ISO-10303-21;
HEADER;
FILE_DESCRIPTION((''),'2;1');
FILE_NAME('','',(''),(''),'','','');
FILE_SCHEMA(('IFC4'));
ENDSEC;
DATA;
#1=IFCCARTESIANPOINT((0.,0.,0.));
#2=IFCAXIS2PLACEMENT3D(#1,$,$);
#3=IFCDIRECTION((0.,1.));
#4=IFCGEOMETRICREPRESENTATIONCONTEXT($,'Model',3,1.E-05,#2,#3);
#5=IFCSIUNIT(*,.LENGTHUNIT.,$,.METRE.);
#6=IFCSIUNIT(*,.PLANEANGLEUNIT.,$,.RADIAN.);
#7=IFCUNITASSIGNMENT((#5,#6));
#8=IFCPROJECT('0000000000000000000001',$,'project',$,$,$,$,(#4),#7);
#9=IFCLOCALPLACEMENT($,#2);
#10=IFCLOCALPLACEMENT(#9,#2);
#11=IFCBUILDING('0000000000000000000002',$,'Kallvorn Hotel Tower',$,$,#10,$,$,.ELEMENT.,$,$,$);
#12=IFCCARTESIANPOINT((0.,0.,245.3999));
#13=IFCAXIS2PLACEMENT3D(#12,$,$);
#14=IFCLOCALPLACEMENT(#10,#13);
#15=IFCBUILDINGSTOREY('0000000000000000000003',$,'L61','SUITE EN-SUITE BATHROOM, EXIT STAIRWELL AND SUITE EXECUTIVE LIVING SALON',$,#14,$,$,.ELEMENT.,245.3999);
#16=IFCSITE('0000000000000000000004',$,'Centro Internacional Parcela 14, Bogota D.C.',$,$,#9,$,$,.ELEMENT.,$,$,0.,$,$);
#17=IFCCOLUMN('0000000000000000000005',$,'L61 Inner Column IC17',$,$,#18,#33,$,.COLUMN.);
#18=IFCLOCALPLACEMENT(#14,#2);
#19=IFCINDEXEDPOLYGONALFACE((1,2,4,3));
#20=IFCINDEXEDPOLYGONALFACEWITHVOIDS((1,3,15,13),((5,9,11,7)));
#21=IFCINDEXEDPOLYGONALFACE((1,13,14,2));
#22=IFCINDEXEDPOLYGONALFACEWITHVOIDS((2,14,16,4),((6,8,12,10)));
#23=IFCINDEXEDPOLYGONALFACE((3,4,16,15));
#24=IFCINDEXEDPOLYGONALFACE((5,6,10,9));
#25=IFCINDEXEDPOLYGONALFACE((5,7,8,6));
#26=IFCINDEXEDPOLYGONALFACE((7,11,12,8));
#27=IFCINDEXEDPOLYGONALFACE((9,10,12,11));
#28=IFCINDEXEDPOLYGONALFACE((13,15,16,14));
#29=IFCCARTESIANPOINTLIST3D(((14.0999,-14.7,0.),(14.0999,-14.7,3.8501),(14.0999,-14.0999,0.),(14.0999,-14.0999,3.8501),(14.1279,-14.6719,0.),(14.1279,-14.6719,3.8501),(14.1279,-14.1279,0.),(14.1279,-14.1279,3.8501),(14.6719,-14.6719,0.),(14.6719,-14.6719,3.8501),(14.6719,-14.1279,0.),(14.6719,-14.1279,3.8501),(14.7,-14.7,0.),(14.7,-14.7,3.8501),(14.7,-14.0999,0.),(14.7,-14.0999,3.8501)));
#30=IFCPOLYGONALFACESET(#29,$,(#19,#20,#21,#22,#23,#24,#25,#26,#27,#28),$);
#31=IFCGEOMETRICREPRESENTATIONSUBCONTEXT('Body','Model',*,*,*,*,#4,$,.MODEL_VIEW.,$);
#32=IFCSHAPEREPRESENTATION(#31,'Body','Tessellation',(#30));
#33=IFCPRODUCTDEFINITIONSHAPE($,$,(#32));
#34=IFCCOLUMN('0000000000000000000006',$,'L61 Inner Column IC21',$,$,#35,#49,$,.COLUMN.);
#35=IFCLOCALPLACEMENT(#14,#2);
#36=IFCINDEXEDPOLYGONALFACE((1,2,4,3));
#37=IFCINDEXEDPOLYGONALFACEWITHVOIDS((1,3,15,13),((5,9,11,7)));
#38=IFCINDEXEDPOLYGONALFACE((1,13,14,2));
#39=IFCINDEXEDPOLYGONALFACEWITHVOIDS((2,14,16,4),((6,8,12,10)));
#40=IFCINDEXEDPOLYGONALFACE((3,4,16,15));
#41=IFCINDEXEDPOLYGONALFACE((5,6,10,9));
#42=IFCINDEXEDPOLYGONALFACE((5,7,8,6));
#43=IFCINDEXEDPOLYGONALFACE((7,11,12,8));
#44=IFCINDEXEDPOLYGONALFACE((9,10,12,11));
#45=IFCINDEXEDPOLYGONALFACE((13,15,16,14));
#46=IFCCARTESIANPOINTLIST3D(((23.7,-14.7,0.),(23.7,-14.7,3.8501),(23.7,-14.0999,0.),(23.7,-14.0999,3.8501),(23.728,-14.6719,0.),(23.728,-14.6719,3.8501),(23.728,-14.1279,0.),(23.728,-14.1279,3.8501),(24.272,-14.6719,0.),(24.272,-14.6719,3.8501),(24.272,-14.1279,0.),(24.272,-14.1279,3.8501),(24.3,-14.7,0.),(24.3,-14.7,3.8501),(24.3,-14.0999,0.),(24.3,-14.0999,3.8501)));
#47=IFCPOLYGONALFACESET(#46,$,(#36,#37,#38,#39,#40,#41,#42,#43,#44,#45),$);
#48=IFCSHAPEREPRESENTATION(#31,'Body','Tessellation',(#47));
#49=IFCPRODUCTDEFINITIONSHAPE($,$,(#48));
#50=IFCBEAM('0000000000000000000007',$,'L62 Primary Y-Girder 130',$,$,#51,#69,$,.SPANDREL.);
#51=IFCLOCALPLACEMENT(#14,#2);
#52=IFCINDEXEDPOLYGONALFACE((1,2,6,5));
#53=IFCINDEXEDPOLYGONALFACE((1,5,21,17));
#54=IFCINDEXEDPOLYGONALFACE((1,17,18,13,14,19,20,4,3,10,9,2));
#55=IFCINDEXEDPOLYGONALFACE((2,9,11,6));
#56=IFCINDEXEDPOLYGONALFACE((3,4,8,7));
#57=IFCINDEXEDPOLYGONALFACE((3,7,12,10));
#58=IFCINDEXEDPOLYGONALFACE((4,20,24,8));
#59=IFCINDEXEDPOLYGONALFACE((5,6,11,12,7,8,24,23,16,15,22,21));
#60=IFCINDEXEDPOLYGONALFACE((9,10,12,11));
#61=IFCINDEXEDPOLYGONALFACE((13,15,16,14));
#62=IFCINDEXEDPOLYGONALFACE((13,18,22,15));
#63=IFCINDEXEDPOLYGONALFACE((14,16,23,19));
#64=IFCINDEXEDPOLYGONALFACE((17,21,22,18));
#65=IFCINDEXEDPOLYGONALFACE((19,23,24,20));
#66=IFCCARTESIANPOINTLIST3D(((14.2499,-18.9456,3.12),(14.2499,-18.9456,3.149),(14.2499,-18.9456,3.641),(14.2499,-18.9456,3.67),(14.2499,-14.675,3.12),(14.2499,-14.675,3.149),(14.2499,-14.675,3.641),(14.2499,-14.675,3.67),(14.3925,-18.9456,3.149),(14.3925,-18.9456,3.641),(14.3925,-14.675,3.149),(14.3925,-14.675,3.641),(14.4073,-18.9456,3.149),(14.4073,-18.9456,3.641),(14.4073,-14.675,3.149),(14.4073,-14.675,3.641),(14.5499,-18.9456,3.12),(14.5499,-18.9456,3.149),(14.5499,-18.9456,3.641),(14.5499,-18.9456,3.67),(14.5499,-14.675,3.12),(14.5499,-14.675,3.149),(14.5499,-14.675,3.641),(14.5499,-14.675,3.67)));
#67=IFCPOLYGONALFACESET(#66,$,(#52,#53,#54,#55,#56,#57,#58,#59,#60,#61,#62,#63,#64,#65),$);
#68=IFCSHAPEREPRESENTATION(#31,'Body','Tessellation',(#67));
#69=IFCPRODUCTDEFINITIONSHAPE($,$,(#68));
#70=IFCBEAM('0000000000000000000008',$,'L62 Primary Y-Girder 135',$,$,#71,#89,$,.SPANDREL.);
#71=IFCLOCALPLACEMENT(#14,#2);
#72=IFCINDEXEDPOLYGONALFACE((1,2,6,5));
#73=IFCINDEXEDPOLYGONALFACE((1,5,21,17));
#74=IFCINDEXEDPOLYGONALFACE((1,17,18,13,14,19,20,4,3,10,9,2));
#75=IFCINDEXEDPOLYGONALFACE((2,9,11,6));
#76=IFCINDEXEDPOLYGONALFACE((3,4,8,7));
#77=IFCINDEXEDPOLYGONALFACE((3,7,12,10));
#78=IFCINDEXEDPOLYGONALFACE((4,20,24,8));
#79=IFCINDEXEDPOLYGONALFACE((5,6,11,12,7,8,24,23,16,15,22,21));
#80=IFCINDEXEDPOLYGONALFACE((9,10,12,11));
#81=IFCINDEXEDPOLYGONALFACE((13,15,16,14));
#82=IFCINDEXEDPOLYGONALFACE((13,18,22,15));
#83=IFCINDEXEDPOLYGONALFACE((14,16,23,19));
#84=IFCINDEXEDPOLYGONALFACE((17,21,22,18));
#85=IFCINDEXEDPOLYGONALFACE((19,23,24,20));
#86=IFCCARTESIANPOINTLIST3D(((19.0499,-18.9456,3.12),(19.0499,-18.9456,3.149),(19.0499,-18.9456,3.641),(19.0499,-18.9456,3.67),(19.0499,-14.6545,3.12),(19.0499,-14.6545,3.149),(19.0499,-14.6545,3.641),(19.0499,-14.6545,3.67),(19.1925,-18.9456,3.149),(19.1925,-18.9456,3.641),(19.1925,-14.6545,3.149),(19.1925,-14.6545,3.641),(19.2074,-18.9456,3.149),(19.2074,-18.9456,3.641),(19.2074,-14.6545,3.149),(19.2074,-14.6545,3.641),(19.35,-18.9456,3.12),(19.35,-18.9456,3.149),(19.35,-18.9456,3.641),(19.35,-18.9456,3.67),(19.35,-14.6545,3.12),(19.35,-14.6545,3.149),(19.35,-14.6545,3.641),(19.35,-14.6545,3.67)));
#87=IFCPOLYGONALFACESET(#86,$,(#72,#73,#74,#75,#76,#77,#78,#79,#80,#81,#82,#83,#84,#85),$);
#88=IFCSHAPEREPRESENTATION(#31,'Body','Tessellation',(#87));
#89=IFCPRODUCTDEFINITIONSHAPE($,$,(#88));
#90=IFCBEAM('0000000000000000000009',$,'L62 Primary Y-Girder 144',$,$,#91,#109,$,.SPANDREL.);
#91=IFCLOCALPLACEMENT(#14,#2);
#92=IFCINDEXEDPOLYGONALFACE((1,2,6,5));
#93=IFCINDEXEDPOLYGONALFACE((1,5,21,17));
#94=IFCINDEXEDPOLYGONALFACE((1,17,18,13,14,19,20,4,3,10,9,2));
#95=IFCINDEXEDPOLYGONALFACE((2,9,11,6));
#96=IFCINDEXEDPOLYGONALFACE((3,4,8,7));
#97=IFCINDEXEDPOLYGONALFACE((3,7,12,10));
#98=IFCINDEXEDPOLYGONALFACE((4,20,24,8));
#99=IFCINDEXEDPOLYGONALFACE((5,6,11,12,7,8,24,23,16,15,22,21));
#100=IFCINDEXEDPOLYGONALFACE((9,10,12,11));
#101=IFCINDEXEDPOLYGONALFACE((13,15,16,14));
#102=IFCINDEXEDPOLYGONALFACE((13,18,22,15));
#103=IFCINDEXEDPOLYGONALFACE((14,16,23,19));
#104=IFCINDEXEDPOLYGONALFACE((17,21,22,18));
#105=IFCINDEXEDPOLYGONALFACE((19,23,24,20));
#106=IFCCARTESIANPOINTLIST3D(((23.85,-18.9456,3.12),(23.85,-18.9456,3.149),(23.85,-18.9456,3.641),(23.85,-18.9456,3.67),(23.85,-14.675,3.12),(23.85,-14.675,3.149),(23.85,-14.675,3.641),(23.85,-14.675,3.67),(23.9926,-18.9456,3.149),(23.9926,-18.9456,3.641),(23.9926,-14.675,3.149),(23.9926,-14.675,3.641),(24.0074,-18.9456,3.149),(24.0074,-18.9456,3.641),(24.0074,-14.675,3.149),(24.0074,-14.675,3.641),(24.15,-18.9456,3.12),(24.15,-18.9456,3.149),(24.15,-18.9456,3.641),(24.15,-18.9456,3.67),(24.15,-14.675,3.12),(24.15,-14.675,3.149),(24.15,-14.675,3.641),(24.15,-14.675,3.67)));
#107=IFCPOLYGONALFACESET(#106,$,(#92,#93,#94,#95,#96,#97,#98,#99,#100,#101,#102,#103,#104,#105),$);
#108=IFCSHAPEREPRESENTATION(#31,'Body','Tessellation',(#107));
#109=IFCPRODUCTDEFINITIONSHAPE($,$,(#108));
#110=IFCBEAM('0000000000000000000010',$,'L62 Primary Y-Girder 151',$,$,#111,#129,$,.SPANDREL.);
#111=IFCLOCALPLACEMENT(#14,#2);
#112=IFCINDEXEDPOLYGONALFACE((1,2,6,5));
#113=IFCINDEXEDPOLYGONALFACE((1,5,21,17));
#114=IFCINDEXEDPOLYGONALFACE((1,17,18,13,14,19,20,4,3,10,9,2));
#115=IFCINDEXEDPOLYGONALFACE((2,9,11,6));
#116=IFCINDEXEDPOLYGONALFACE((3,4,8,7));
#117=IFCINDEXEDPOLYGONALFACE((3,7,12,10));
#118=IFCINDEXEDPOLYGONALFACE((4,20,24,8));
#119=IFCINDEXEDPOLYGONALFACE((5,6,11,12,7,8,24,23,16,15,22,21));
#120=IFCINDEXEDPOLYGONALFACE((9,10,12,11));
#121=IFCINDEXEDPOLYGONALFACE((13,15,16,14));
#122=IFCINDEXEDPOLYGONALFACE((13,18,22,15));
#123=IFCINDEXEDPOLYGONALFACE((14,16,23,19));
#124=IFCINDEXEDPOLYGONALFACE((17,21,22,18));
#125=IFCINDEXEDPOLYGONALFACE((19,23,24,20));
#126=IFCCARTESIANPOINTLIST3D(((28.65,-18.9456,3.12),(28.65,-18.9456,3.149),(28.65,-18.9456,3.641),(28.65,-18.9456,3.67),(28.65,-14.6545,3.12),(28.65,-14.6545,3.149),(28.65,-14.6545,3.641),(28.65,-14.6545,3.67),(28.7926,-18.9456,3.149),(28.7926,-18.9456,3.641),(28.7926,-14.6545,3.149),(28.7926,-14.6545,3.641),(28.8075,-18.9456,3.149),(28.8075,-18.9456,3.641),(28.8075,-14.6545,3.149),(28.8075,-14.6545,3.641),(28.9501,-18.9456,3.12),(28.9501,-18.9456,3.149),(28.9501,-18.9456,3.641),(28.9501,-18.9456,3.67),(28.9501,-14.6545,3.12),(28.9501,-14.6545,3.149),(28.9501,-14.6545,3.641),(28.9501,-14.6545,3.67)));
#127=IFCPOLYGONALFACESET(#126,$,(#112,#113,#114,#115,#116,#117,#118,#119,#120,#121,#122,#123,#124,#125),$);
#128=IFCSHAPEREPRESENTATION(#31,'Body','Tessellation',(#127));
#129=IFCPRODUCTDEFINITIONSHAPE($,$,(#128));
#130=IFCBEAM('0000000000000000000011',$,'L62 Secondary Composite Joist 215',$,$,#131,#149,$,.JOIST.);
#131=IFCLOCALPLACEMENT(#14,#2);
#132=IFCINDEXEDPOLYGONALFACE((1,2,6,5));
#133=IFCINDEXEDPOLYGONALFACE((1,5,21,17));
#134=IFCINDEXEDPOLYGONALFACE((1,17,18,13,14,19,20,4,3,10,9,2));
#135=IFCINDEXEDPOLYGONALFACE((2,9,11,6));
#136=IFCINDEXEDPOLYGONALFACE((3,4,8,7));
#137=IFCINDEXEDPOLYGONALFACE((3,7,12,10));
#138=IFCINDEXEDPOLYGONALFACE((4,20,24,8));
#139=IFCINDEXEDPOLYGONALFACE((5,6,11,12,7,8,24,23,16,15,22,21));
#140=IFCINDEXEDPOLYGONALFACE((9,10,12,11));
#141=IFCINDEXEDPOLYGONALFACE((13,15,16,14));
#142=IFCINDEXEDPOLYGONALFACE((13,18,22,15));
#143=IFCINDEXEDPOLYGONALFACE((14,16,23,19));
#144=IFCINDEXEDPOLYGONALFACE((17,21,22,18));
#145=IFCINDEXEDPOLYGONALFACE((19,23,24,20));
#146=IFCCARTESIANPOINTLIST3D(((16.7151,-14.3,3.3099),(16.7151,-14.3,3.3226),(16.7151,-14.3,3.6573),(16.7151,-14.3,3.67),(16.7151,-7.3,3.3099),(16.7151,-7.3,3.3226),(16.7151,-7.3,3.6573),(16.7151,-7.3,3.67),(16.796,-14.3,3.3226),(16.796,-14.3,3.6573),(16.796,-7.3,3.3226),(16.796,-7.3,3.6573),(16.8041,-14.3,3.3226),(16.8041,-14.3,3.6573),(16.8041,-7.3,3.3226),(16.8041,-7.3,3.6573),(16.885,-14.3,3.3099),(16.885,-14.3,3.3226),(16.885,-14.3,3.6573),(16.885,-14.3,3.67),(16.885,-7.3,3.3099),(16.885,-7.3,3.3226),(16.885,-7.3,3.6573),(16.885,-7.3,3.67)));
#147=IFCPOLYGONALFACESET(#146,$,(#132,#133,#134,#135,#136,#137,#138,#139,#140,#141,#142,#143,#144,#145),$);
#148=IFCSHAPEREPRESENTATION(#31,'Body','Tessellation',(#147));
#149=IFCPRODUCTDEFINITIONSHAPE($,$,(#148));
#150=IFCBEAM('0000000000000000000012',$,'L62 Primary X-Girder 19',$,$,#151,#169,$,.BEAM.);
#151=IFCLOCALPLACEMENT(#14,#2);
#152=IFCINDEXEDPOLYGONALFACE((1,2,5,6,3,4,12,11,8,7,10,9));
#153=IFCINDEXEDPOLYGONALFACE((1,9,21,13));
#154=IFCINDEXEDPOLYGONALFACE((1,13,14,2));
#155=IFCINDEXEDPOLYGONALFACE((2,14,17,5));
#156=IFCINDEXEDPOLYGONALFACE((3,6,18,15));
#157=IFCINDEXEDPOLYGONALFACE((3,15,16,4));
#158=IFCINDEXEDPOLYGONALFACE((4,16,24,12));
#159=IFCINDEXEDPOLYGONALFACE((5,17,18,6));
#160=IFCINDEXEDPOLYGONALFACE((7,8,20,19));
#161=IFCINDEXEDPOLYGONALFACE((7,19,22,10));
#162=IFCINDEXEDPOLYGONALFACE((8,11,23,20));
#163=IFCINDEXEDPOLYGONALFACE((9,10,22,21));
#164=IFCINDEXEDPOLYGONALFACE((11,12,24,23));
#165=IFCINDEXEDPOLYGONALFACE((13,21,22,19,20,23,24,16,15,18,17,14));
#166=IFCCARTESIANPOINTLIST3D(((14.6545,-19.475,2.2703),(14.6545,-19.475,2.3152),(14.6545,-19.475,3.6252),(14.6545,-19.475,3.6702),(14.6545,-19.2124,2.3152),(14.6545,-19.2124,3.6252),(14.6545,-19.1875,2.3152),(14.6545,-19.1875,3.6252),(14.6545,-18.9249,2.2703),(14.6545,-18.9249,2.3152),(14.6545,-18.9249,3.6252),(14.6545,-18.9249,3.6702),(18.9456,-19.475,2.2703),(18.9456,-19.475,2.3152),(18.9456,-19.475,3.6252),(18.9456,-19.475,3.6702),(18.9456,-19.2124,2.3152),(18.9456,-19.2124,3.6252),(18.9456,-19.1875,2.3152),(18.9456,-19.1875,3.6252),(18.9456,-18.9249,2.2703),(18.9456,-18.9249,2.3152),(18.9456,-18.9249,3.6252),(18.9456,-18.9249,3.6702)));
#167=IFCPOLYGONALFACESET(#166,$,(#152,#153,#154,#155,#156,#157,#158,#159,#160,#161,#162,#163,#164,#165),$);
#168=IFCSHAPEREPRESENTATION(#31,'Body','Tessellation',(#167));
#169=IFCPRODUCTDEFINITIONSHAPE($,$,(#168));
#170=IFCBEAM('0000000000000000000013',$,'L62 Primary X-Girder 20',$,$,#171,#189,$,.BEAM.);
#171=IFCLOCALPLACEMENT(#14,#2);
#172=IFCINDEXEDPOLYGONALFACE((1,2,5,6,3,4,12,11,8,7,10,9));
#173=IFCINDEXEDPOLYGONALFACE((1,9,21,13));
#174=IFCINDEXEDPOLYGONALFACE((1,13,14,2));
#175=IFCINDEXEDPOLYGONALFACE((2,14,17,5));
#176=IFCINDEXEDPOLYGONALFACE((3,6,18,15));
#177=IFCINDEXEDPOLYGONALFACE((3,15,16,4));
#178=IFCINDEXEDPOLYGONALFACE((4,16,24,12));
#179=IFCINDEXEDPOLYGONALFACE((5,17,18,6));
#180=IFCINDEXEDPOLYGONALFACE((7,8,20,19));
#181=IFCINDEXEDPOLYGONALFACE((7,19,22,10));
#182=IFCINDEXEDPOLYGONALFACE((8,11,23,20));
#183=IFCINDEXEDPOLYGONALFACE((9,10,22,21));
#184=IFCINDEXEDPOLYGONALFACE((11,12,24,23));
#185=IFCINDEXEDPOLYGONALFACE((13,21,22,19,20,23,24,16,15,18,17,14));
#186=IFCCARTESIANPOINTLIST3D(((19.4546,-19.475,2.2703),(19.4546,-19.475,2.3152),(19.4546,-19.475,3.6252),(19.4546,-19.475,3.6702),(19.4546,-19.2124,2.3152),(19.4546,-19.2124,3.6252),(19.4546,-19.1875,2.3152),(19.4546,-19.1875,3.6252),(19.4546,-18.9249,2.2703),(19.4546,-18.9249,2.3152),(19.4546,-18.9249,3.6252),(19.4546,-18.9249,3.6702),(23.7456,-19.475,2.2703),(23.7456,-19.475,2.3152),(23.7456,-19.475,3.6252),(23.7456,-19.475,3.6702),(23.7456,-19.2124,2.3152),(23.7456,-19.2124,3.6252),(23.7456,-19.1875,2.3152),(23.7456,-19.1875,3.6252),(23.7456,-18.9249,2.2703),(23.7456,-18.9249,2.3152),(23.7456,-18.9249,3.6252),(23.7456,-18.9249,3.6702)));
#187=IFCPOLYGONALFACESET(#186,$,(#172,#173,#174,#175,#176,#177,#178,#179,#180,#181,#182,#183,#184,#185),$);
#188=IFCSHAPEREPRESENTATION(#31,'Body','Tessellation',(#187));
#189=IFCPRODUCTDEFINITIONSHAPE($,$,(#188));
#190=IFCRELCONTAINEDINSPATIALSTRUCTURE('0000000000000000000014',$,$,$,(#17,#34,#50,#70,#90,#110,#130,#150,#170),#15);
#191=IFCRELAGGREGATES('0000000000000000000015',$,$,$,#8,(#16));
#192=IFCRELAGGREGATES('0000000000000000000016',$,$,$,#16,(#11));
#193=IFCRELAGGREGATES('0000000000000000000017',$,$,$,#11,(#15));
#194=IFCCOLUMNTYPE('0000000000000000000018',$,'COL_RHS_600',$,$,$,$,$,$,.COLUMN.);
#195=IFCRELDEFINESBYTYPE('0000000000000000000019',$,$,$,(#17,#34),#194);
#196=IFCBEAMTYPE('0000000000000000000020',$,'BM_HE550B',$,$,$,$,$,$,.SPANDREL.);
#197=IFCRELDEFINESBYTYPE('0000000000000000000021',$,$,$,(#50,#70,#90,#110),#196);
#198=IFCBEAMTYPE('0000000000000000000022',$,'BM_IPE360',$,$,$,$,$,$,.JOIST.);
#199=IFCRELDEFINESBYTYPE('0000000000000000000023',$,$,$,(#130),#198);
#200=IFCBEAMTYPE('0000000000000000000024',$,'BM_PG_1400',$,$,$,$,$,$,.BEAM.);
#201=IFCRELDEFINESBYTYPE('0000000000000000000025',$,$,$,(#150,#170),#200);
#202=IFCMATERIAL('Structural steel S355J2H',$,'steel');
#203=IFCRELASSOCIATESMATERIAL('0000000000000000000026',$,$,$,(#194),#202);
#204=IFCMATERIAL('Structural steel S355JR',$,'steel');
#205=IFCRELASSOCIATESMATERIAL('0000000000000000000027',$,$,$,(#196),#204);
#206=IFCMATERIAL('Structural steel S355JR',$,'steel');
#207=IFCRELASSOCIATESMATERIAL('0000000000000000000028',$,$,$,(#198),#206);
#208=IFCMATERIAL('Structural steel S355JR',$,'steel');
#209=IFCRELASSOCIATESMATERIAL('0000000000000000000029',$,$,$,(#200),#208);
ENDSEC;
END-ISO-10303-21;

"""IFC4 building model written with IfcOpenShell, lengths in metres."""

from ifc_helpers import new_model, si_unit, direction, frame, origin, origin_2d, place, context, subcontext, project, spatial, hollow_rectangle, i_section, extrude, material, material_profile, profile_set, type_object, element, save


model = new_model("IFC4")

# Units and contexts
model_context = context("Model", 3, precision=1e-05, world=origin(), true_north=direction((0.0, 1.0)))
body_context = subcontext(model_context, "Body", "Model", "MODEL_VIEW")
ifc_project = project(units=[si_unit("LENGTHUNIT", "METRE"), si_unit("PLANEANGLEUNIT", "RADIAN")], contexts=[model_context])

# Site, building, storey
site_placement = place(None, origin())
site = spatial("IfcSite", under=ifc_project, at=site_placement, Name="Centro Internacional Parcela 14, Bogota D.C.", CompositionType="ELEMENT", RefElevation=0.0)
building_placement = place(site_placement, origin())
building = spatial("IfcBuilding", under=site, at=building_placement, Name="Kallvorn Hotel Tower", CompositionType="ELEMENT")
storey_placement = place(building_placement, frame((0.0, 0.0, 245.3999)))
storey = spatial("IfcBuildingStorey", under=building, at=storey_placement, Name="L61", Description="SUITE EN-SUITE BATHROOM, EXIT STAIRWELL AND SUITE EXECUTIVE LIVING SALON", CompositionType="ELEMENT", Elevation=245.3999)

# Columns
ifc_material_1 = material(Name="Structural steel S355J2H", Category="steel")
ifc_material_profile_1 = material_profile(ifc_material_1, hollow_rectangle(XDim=0.6001, YDim=0.6001, WallThickness=0.0281, at=origin_2d()), Name="RHS 600x600x28")
ifc_profile_set_1 = profile_set([ifc_material_profile_1], Name="Structural steel S355J2H")
column_type_1 = type_object("IfcColumnType", Name="COL_RHS_600", PredefinedType="COLUMN", material=ifc_profile_set_1)
for number, where, z_axis, x_axis, name in (
    (1, (14.3999, -14.3999, 0.0), (0.0, 0.0, 1.0), (1.0, 0.0, 0.0), "L61 Inner Column IC17"),
    (2, (24.0, -14.3999, 0.0), (0.0, 0.0, 1.0), (1.0, 0.0, 0.0), "L61 Inner Column IC21"),
):
    element("IfcColumn", number, at=place(storey_placement, frame(where, z_axis=z_axis, x_axis=x_axis)), inside=storey, type_object=column_type_1, Name=name, PredefinedType="COLUMN", context=body_context, shape_type="SweptSolid", body=[
        extrude(hollow_rectangle(XDim=0.6001, YDim=0.6001, WallThickness=0.0281, at=origin_2d()), origin(), (0.0, 0.0, 1.0), 3.8501),
    ])

# Beams
ifc_material_2 = material(Name="Structural steel S355JR", Category="steel")
ifc_material_profile_2 = material_profile(ifc_material_2, i_section(OverallWidth=0.3, OverallDepth=0.55, WebThickness=0.0149, FlangeThickness=0.0291, at=origin_2d()), Name="HE 550 B")
ifc_profile_set_2 = profile_set([ifc_material_profile_2], Name="Structural steel S355JR")
beam_type_1 = type_object("IfcBeamType", Name="BM_HE550B", PredefinedType="SPANDREL", material=ifc_profile_set_2)
beam_1_placement = place(storey_placement, frame((14.3999, -18.9456, 3.395), z_axis=(0.0, 1.0, 0.0), x_axis=(-1.0, 0.0, 0.0)))
element("IfcBeam", 3, at=beam_1_placement, inside=storey, type_object=beam_type_1, Name="L62 Primary Y-Girder 130", PredefinedType="SPANDREL", context=body_context, shape_type="SweptSolid", body=[
    extrude(i_section(OverallWidth=0.3, OverallDepth=0.55, WebThickness=0.0149, FlangeThickness=0.0291, at=origin_2d()), origin(), (0.0, 0.0, 1.0), 4.2705),
])
beam_2_placement = place(storey_placement, frame((19.2, -18.9456, 3.395), z_axis=(0.0, 1.0, 0.0), x_axis=(-1.0, 0.0, 0.0)))
element("IfcBeam", 4, at=beam_2_placement, inside=storey, type_object=beam_type_1, Name="L62 Primary Y-Girder 135", PredefinedType="SPANDREL", context=body_context, shape_type="SweptSolid", body=[
    extrude(i_section(OverallWidth=0.3, OverallDepth=0.55, WebThickness=0.0149, FlangeThickness=0.0291, at=origin_2d()), origin(), (0.0, 0.0, 1.0), 4.291),
])
beam_3_placement = place(storey_placement, frame((24.0, -18.9456, 3.395), z_axis=(0.0, 1.0, 0.0), x_axis=(-1.0, 0.0, 0.0)))
element("IfcBeam", 5, at=beam_3_placement, inside=storey, type_object=beam_type_1, Name="L62 Primary Y-Girder 144", PredefinedType="SPANDREL", context=body_context, shape_type="SweptSolid", body=[
    extrude(i_section(OverallWidth=0.3, OverallDepth=0.55, WebThickness=0.0149, FlangeThickness=0.0291, at=origin_2d()), origin(), (0.0, 0.0, 1.0), 4.2705),
])
beam_4_placement = place(storey_placement, frame((28.8, -18.9456, 3.395), z_axis=(0.0, 1.0, 0.0), x_axis=(-1.0, 0.0, 0.0)))
element("IfcBeam", 6, at=beam_4_placement, inside=storey, type_object=beam_type_1, Name="L62 Primary Y-Girder 151", PredefinedType="SPANDREL", context=body_context, shape_type="SweptSolid", body=[
    extrude(i_section(OverallWidth=0.3, OverallDepth=0.55, WebThickness=0.0149, FlangeThickness=0.0291, at=origin_2d()), origin(), (0.0, 0.0, 1.0), 4.291),
])
ifc_material_3 = material(Name="Structural steel S355JR", Category="steel")
ifc_material_profile_3 = material_profile(ifc_material_3, i_section(OverallWidth=0.1699, OverallDepth=0.3601, WebThickness=0.0081, FlangeThickness=0.0127, at=origin_2d()), Name="IPE 360")
ifc_profile_set_3 = profile_set([ifc_material_profile_3], Name="Structural steel S355JR")
beam_type_2 = type_object("IfcBeamType", Name="BM_IPE360", PredefinedType="JOIST", material=ifc_profile_set_3)
beam_5_placement = place(storey_placement, frame((16.8, -14.3, 3.49), z_axis=(0.0, 1.0, 0.0), x_axis=(-1.0, 0.0, 0.0)))
element("IfcBeam", 7, at=beam_5_placement, inside=storey, type_object=beam_type_2, Name="L62 Secondary Composite Joist 215", PredefinedType="JOIST", context=body_context, shape_type="SweptSolid", body=[
    extrude(i_section(OverallWidth=0.1699, OverallDepth=0.3601, WebThickness=0.0081, FlangeThickness=0.0127, at=origin_2d()), origin(), (0.0, 0.0, 1.0), 7.0),
])
ifc_material_4 = material(Name="Structural steel S355JR", Category="steel")
ifc_material_profile_4 = material_profile(ifc_material_4, i_section(OverallWidth=0.55, OverallDepth=1.3999, WebThickness=0.0249, FlangeThickness=0.0449, at=origin_2d()), Name="PG 1400x550x25x45")
ifc_profile_set_4 = profile_set([ifc_material_profile_4], Name="Structural steel S355JR")
beam_type_3 = type_object("IfcBeamType", Name="BM_PG_1400", PredefinedType="BEAM", material=ifc_profile_set_4)
for number, where, z_axis, x_axis, name in (
    (8, (14.6545, -19.2, 2.9702), (1.0, 0.0, 0.0), (0.0, 1.0, 0.0), "L62 Primary X-Girder 19"),
    (9, (19.4546, -19.2, 2.9702), (1.0, 0.0, 0.0), (0.0, 1.0, 0.0), "L62 Primary X-Girder 20"),
):
    element("IfcBeam", number, at=place(storey_placement, frame(where, z_axis=z_axis, x_axis=x_axis)), inside=storey, type_object=beam_type_3, Name=name, PredefinedType="BEAM", context=body_context, shape_type="SweptSolid", body=[
        extrude(i_section(OverallWidth=0.55, OverallDepth=1.3999, WebThickness=0.0249, FlangeThickness=0.0449, at=origin_2d()), origin(), (0.0, 0.0, 1.0), 4.291),
    ])

save(model, "model.ifc")
